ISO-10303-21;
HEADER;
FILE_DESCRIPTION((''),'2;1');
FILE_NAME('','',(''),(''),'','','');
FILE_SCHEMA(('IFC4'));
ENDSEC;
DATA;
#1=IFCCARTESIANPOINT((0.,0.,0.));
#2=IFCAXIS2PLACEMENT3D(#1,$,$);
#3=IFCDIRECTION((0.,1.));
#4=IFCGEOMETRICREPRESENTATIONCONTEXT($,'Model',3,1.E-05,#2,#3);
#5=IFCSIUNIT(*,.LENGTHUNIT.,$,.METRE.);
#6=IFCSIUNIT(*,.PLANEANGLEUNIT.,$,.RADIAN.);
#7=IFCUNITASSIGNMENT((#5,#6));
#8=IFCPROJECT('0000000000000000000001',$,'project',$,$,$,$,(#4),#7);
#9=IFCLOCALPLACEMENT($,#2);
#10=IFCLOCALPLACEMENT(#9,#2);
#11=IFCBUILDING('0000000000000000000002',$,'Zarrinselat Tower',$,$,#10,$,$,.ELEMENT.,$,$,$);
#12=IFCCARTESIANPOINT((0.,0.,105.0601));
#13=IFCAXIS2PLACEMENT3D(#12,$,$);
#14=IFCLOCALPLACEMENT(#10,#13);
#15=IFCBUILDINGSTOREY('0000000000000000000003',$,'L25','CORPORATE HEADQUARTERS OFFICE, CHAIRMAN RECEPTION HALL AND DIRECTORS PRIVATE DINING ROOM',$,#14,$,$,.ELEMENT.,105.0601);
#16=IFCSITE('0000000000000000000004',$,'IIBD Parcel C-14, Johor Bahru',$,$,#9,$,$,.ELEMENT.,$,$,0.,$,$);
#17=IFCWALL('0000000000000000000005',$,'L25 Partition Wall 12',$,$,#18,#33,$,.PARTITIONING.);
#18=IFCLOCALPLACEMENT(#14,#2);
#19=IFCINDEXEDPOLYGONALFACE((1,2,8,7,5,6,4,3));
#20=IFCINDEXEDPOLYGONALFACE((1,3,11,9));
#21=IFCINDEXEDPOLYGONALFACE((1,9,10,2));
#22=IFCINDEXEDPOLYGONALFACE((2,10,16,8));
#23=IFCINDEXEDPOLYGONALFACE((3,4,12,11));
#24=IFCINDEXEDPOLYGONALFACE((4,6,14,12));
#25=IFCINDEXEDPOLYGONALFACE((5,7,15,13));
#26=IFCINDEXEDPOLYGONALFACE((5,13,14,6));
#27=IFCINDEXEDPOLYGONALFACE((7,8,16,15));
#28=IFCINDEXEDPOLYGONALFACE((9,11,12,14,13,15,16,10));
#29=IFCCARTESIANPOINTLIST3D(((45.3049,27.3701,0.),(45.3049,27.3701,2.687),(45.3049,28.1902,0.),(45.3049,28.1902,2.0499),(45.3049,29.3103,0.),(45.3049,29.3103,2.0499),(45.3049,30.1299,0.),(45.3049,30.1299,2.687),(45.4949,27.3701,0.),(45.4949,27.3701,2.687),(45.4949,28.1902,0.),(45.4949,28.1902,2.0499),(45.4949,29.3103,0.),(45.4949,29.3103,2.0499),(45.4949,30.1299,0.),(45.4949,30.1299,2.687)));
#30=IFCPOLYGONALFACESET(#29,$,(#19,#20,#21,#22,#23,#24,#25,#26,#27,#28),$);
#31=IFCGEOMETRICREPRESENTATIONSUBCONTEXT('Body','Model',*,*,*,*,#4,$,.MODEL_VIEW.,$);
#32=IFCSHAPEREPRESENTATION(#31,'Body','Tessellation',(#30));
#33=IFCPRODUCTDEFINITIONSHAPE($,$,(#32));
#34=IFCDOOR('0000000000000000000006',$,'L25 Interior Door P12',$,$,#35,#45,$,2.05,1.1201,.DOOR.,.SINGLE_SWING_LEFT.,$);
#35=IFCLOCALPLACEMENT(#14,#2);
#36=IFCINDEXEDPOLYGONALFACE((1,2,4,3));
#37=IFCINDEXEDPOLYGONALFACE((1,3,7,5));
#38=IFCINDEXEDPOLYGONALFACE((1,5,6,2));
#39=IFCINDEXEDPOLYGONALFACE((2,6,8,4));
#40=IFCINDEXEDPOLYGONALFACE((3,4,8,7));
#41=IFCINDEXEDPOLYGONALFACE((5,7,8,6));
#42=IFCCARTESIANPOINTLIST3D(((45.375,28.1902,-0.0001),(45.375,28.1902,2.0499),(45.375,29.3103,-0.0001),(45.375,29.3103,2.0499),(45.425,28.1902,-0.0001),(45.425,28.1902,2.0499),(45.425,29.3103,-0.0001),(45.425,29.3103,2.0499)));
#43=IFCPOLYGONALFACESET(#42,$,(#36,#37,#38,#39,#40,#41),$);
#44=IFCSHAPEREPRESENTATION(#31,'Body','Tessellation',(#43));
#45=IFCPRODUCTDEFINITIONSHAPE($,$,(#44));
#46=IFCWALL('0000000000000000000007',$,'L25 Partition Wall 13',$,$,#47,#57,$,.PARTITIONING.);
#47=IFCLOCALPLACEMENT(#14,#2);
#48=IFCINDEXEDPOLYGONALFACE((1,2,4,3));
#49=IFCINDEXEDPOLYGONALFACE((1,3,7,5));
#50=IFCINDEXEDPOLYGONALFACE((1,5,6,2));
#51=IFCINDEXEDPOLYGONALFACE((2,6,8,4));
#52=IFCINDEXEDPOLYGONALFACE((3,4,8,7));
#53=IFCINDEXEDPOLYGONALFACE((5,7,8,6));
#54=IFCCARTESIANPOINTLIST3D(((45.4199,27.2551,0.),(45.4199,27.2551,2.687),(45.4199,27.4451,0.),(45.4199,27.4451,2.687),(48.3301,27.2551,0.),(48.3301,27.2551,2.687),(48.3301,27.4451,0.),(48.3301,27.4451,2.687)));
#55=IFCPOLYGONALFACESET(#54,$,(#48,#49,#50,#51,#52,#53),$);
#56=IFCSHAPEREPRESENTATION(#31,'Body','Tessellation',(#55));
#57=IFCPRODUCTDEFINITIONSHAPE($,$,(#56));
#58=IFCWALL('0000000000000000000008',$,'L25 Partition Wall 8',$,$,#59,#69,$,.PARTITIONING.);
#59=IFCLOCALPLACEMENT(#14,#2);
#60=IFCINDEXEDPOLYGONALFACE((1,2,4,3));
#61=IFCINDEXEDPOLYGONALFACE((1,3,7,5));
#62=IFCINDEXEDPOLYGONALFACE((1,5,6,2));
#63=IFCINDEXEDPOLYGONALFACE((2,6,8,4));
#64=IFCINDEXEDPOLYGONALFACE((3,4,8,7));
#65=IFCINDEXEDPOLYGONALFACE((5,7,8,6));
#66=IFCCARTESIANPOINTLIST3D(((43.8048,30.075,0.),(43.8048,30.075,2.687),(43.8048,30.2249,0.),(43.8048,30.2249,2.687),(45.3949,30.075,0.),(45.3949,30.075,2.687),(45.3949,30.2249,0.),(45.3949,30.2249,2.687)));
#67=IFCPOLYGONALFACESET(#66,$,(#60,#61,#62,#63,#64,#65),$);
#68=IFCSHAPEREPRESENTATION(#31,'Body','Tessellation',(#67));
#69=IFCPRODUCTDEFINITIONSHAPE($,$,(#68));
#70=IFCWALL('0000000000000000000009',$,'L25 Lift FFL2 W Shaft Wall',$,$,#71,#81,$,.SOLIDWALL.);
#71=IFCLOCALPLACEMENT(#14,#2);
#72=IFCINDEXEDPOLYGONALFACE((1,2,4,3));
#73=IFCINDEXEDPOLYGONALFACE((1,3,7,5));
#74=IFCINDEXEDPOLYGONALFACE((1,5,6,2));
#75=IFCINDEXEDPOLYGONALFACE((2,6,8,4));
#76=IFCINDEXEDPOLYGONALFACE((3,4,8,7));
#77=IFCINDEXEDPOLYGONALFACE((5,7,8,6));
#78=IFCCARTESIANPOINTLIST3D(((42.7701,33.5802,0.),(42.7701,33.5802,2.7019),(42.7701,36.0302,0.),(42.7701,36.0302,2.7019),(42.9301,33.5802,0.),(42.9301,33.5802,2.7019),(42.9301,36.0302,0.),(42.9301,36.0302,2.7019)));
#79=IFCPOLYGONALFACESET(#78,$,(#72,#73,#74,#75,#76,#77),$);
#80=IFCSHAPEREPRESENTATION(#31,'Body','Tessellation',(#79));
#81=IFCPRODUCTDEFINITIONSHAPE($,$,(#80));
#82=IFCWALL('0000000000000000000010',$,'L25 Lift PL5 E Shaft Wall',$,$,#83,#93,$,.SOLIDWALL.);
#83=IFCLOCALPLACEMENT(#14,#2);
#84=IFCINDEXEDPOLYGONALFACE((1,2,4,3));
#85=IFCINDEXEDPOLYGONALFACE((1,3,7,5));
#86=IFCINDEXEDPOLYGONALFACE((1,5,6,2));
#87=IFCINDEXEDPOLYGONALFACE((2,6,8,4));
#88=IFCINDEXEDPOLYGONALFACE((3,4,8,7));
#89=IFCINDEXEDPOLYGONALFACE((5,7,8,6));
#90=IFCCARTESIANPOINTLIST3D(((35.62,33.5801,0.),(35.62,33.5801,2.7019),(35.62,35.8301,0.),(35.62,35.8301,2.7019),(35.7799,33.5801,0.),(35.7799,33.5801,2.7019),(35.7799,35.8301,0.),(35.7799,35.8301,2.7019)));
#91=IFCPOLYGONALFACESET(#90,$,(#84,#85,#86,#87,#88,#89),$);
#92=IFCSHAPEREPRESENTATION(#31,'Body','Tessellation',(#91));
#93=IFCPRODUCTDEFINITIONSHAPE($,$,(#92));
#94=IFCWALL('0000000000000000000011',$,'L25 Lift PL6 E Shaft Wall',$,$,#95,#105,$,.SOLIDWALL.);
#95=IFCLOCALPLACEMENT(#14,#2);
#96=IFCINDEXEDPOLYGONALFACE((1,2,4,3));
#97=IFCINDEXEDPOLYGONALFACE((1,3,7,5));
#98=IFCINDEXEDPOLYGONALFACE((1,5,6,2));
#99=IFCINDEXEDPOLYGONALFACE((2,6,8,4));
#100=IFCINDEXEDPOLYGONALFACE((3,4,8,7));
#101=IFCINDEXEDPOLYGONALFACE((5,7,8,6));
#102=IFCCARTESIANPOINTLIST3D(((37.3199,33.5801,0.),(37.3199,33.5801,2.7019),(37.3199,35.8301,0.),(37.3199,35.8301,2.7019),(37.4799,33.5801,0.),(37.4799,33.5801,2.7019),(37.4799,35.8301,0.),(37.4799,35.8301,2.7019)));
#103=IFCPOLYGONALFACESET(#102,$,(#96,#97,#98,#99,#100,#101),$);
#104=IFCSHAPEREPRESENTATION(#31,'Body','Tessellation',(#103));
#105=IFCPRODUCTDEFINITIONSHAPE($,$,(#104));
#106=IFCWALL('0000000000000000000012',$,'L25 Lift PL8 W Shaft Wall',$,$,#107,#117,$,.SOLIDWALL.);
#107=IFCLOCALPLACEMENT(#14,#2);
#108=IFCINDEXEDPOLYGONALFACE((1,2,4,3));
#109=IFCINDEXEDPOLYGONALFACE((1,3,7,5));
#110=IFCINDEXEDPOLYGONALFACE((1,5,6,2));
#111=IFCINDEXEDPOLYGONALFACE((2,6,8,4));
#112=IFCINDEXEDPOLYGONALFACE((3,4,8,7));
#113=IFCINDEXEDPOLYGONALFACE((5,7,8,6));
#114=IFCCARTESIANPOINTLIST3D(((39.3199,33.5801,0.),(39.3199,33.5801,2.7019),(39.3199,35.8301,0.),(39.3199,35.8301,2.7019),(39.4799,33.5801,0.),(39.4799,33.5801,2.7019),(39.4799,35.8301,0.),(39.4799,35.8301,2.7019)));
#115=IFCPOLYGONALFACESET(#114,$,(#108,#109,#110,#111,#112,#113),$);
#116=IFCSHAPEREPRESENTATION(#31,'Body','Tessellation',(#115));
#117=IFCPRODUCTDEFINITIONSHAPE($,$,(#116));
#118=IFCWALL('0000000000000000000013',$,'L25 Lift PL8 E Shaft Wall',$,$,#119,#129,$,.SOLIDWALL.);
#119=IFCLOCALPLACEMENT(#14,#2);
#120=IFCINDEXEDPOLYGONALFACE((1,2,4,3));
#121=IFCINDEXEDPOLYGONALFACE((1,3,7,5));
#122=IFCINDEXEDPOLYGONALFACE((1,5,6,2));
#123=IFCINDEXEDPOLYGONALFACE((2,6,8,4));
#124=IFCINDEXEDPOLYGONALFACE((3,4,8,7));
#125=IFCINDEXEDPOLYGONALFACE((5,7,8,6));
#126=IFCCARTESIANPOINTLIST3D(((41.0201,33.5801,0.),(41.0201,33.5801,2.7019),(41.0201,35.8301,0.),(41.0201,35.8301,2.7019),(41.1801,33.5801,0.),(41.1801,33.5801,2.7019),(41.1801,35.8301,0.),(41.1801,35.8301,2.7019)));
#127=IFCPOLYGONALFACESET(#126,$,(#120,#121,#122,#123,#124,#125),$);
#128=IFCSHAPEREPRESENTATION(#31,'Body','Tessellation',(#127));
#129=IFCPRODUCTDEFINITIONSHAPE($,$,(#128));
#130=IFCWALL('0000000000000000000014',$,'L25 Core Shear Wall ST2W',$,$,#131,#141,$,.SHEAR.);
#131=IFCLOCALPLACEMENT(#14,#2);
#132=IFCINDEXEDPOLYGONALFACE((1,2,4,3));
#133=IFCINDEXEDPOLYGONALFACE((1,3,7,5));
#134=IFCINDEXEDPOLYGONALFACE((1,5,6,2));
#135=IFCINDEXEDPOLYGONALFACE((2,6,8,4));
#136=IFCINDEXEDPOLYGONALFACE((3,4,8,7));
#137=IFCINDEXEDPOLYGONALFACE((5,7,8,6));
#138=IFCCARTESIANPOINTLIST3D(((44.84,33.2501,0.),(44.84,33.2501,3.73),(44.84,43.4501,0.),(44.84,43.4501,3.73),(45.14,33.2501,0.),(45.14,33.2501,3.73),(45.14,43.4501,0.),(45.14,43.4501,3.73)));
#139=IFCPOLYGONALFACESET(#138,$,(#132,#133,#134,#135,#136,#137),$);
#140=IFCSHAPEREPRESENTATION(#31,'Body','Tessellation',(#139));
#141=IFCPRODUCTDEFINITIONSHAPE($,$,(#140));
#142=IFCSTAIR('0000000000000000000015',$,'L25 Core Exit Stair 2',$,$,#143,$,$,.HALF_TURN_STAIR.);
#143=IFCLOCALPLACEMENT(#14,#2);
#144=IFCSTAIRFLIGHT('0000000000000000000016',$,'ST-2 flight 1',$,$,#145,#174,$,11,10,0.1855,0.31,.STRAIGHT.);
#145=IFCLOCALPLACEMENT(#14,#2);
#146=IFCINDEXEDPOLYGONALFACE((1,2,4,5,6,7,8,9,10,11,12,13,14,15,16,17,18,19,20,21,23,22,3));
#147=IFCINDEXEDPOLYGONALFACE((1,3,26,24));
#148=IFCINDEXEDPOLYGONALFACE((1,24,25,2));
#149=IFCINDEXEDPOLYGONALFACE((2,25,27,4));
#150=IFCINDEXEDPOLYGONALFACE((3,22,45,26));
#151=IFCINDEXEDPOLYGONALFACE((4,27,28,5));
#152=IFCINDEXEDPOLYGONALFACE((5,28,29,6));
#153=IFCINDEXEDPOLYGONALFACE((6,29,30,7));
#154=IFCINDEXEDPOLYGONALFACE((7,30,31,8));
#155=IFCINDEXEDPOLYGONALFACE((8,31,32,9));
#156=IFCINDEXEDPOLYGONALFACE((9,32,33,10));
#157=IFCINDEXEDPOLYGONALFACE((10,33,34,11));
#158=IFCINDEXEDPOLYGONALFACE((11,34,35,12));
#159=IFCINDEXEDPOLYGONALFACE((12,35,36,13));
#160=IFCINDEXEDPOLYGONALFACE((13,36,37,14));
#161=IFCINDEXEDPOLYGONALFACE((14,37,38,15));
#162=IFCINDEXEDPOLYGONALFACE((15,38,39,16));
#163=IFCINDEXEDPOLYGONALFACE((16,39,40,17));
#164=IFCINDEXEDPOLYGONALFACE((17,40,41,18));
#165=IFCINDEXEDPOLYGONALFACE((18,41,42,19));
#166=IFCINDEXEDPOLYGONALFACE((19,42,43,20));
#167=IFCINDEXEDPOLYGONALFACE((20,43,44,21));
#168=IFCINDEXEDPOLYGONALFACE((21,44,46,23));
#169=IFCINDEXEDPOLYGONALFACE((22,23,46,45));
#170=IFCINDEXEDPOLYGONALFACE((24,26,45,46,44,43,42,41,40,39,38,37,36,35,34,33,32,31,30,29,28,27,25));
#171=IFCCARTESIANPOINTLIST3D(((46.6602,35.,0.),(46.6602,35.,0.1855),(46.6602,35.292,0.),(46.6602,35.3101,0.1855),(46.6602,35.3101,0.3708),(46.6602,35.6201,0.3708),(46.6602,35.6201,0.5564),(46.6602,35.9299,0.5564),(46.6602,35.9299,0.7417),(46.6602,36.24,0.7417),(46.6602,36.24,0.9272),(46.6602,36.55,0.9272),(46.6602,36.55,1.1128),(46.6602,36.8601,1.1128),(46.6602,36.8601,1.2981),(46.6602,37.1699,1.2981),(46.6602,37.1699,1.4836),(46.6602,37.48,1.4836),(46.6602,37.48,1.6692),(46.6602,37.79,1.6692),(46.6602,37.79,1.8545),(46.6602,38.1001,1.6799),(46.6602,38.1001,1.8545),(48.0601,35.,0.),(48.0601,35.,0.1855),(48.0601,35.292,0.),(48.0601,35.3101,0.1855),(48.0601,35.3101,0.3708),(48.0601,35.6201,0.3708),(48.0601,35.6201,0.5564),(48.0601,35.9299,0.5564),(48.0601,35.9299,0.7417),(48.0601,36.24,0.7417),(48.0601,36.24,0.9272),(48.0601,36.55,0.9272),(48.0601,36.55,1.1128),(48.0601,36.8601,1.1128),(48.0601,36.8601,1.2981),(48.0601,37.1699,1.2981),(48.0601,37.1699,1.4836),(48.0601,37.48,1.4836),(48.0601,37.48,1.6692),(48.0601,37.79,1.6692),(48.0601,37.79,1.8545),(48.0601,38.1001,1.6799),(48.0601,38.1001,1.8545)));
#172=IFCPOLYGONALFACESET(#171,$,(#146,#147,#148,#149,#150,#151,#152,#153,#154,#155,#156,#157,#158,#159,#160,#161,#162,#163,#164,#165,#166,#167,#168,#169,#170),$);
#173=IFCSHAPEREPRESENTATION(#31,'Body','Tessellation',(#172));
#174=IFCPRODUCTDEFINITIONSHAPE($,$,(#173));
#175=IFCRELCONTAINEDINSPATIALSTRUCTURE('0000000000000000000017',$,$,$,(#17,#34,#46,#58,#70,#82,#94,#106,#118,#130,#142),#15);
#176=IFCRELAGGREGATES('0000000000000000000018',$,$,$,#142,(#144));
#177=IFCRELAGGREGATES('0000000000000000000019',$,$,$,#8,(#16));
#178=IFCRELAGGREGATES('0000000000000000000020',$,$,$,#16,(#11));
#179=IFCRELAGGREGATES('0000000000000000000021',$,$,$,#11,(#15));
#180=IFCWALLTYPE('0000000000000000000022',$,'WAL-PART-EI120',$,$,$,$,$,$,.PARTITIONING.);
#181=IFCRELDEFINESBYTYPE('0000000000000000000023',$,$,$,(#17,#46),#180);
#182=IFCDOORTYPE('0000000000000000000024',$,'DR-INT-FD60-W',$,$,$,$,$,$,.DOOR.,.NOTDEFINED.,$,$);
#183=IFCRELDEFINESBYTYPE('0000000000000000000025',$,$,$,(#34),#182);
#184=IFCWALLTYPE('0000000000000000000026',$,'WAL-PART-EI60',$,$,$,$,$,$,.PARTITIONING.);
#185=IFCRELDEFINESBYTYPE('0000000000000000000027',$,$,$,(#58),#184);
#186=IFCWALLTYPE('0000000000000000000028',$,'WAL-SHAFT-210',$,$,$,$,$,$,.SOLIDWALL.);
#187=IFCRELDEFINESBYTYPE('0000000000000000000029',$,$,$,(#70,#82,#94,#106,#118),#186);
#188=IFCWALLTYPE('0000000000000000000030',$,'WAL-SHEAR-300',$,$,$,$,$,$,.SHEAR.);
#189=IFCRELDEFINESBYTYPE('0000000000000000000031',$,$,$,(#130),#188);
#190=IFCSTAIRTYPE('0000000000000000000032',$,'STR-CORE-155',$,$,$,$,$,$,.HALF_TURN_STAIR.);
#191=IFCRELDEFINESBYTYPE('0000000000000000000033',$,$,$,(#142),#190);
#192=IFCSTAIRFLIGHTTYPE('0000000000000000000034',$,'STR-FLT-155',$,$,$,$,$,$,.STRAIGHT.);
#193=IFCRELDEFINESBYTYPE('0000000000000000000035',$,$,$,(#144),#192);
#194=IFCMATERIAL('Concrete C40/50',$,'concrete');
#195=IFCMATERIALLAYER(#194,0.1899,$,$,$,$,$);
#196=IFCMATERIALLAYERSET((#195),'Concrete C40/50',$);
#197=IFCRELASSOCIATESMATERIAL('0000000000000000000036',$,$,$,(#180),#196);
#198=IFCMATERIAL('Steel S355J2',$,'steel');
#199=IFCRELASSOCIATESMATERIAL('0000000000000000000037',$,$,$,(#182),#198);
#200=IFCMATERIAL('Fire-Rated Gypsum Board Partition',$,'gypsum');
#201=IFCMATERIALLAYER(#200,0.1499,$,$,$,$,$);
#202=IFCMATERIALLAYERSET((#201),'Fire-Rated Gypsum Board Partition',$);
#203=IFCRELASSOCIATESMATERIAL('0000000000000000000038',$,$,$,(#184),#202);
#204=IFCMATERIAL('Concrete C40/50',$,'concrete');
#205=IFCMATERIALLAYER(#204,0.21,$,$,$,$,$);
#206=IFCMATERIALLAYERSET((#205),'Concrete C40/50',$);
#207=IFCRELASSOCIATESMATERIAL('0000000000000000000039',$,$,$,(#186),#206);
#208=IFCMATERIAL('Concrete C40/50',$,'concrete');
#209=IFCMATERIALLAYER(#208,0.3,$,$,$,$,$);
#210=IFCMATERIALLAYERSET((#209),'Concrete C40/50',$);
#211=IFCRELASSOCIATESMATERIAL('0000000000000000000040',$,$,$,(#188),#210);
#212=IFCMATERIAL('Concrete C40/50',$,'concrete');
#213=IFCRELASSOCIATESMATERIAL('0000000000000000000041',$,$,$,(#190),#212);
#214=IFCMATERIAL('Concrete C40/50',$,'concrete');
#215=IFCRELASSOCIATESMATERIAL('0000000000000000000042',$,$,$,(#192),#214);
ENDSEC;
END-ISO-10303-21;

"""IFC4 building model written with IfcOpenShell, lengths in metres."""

from ifc_helpers import new_model, si_unit, direction, frame, frame_2d, origin, place, context, subcontext, project, spatial, polyline, rectangle, outline, extrude, material, layer, layer_set, type_object, element, fill, aggregate, save


model = new_model("IFC4")

# Units and contexts
model_context = context("Model", 3, precision=1e-05, world=origin(), true_north=direction((0.0, 1.0)))
body_context = subcontext(model_context, "Body", "Model", "MODEL_VIEW")
ifc_project = project(units=[si_unit("LENGTHUNIT", "METRE"), si_unit("PLANEANGLEUNIT", "RADIAN")], contexts=[model_context])

# Site, building, storey
site_placement = place(None, origin())
site = spatial("IfcSite", under=ifc_project, at=site_placement, Name="IIBD Parcel C-14, Johor Bahru", CompositionType="ELEMENT", RefElevation=0.0)
building_placement = place(site_placement, origin())
building = spatial("IfcBuilding", under=site, at=building_placement, Name="Zarrinselat Tower", CompositionType="ELEMENT")
storey_placement = place(building_placement, frame((0.0, 0.0, 105.0601)))
storey = spatial("IfcBuildingStorey", under=building, at=storey_placement, Name="L25", Description="CORPORATE HEADQUARTERS OFFICE, CHAIRMAN RECEPTION HALL AND DIRECTORS PRIVATE DINING ROOM", CompositionType="ELEMENT", Elevation=105.0601)

# Wall, opening, door
ifc_material_1 = material(Name="Concrete C40/50", Category="concrete")
ifc_layer_1 = layer(ifc_material_1, 0.1899)
ifc_layer_set_1 = layer_set([ifc_layer_1], Name="Concrete C40/50")
wall_type_1 = type_object("IfcWallType", Name="WAL-PART-EI120", PredefinedType="PARTITIONING", material=ifc_layer_set_1)
ifc_material_2 = material(Name="Steel S355J2", Category="steel")
door_type = type_object("IfcDoorType", Name="DR-INT-FD60-W", OperationType="NOTDEFINED", PredefinedType="DOOR", material=ifc_material_2)
wall_1_placement = place(storey_placement, frame((45.3999, 27.3701, 0.0), z_axis=(0.0, 0.0, 1.0), x_axis=(0.0, 1.0, 0.0)))
wall_1 = element("IfcWall", 1, at=wall_1_placement, inside=storey, type_object=wall_type_1, Name="L25 Partition Wall 12", PredefinedType="PARTITIONING", context=body_context, shape_type="SweptSolid", body=[
    extrude(rectangle(XDim=2.7598, YDim=0.1899, at=frame_2d((1.3799, 0.0))), origin(), (0.0, 0.0, 1.0), 2.687),
])
opening_1_placement = place(wall_1_placement, frame((0.8201, 0.0, 0.0)))
opening_1 = element("IfcOpeningElement", 2, at=opening_1_placement, cuts=wall_1, PredefinedType="OPENING", context=body_context, shape_type="SweptSolid", body=[
    extrude(rectangle(XDim=1.1201, YDim=2.05, at=frame_2d((0.5601, 1.0249))), frame((0.0, 0.105, 0.0), z_axis=(0.0, -1.0, 0.0), x_axis=(1.0, 0.0, 0.0)), (0.0, 0.0, 1.0), 0.21),
])
door_1_placement = place(opening_1_placement, origin())
door_1 = element("IfcDoor", 3, at=door_1_placement, inside=storey, type_object=door_type, Name="L25 Interior Door P12", OperationType="SINGLE_SWING_LEFT", OverallHeight=2.05, OverallWidth=1.1201, PredefinedType="DOOR", context=body_context, shape_type="SweptSolid", body=[
    extrude(rectangle(XDim=1.1201, YDim=2.05, at=frame_2d((0.5601, 1.0249))), frame((0.0, 0.0249, 0.0), z_axis=(0.0, -1.0, 0.0), x_axis=(1.0, 0.0, 0.0)), (0.0, 0.0, 1.0), 0.05),
])
fill(opening_1, door_1)

# Walls
wall_2_placement = place(storey_placement, frame((45.4199, 27.3501, 0.0), z_axis=(0.0, 0.0, 1.0), x_axis=(1.0, 0.0, 0.0)))
element("IfcWall", 4, at=wall_2_placement, inside=storey, type_object=wall_type_1, Name="L25 Partition Wall 13", PredefinedType="PARTITIONING", context=body_context, shape_type="SweptSolid", body=[
    extrude(rectangle(XDim=2.9102, YDim=0.1899, at=frame_2d((1.4551, 0.0))), origin(), (0.0, 0.0, 1.0), 2.687),
])
ifc_material_3 = material(Name="Fire-Rated Gypsum Board Partition", Category="gypsum")
ifc_layer_2 = layer(ifc_material_3, 0.1499)
ifc_layer_set_2 = layer_set([ifc_layer_2], Name="Fire-Rated Gypsum Board Partition")
wall_type_2 = type_object("IfcWallType", Name="WAL-PART-EI60", PredefinedType="PARTITIONING", material=ifc_layer_set_2)
wall_3_placement = place(storey_placement, frame((43.8049, 30.1499, 0.0), z_axis=(0.0, 0.0, 1.0), x_axis=(1.0, 0.0, 0.0)))
element("IfcWall", 5, at=wall_3_placement, inside=storey, type_object=wall_type_2, Name="L25 Partition Wall 8", PredefinedType="PARTITIONING", context=body_context, shape_type="SweptSolid", body=[
    extrude(rectangle(XDim=1.5901, YDim=0.1499, at=frame_2d((0.7949, 0.0))), origin(), (0.0, 0.0, 1.0), 2.687),
])
ifc_material_4 = material(Name="Concrete C40/50", Category="concrete")
ifc_layer_3 = layer(ifc_material_4, 0.21)
ifc_layer_set_3 = layer_set([ifc_layer_3], Name="Concrete C40/50")
wall_type_3 = type_object("IfcWallType", Name="WAL-SHAFT-210", PredefinedType="SOLIDWALL", material=ifc_layer_set_3)
wall_4_placement = place(storey_placement, frame((42.8501, 33.5801, 0.0), z_axis=(0.0, 0.0, 1.0), x_axis=(0.0, 1.0, 0.0)))
element("IfcWall", 6, at=wall_4_placement, inside=storey, type_object=wall_type_3, Name="L25 Lift FFL2 W Shaft Wall", PredefinedType="SOLIDWALL", context=body_context, shape_type="SweptSolid", body=[
    extrude(rectangle(XDim=2.45, YDim=0.1599, at=frame_2d((1.2251, 0.0))), origin(), (0.0, 0.0, 1.0), 2.7019),
])
for number, where, z_axis, x_axis, name in (
    (7, (35.7, 33.5801, 0.0), (0.0, 0.0, 1.0), (0.0, 1.0, 0.0), "L25 Lift PL5 E Shaft Wall"),
    (8, (37.3999, 33.5801, 0.0), (0.0, 0.0, 1.0), (0.0, 1.0, 0.0), "L25 Lift PL6 E Shaft Wall"),
    (9, (39.3999, 33.5801, 0.0), (0.0, 0.0, 1.0), (0.0, 1.0, 0.0), "L25 Lift PL8 W Shaft Wall"),
    (10, (41.1001, 33.5801, 0.0), (0.0, 0.0, 1.0), (0.0, 1.0, 0.0), "L25 Lift PL8 E Shaft Wall"),
):
    element("IfcWall", number, at=place(storey_placement, frame(where, z_axis=z_axis, x_axis=x_axis)), inside=storey, type_object=wall_type_3, Name=name, PredefinedType="SOLIDWALL", context=body_context, shape_type="SweptSolid", body=[
        extrude(rectangle(XDim=2.25, YDim=0.1599, at=frame_2d((1.125, 0.0))), origin(), (0.0, 0.0, 1.0), 2.7019),
    ])
ifc_material_5 = material(Name="Concrete C40/50", Category="concrete")
ifc_layer_4 = layer(ifc_material_5, 0.3)
ifc_layer_set_4 = layer_set([ifc_layer_4], Name="Concrete C40/50")
wall_type_4 = type_object("IfcWallType", Name="WAL-SHEAR-300", PredefinedType="SHEAR", material=ifc_layer_set_4)
wall_5_placement = place(storey_placement, frame((44.99, 33.25, 0.0), z_axis=(0.0, 0.0, 1.0), x_axis=(0.0, 1.0, 0.0)))
element("IfcWall", 11, at=wall_5_placement, inside=storey, type_object=wall_type_4, Name="L25 Core Shear Wall ST2W", PredefinedType="SHEAR", context=body_context, shape_type="SweptSolid", body=[
    extrude(rectangle(XDim=10.2, YDim=0.3, at=frame_2d((5.1001, 0.0))), origin(), (0.0, 0.0, 1.0), 3.73),
])

# Stair, stair flight
ifc_material_6 = material(Name="Concrete C40/50", Category="concrete")
stair_type = type_object("IfcStairType", Name="STR-CORE-155", PredefinedType="HALF_TURN_STAIR", material=ifc_material_6)
stair_placement = place(storey_placement, origin())
stair = element("IfcStair", 12, at=stair_placement, inside=storey, type_object=stair_type, Name="L25 Core Exit Stair 2", PredefinedType="HALF_TURN_STAIR")
ifc_material_7 = material(Name="Concrete C40/50", Category="concrete")
stair_flight_type = type_object("IfcStairFlightType", Name="STR-FLT-155", PredefinedType="STRAIGHT", material=ifc_material_7)
stair_flight_placement = place(storey_placement, frame((47.3601, 35.0, 0.0), z_axis=(0.0, 0.0, 1.0), x_axis=(0.0, 1.0, 0.0)))
stair_flight = element("IfcStairFlight", 13, at=stair_flight_placement, type_object=stair_flight_type, Name="ST-2 flight 1", NumberOfRisers=11, NumberOfTreads=10, PredefinedType="STRAIGHT", RiserHeight=0.1855, TreadLength=0.31, context=body_context, shape_type="SweptSolid", body=[
    extrude(outline(polyline([(0.0, 0.0), (0.0, 0.1855), (0.3101, 0.1855), (0.3101, 0.3708), (0.6201, 0.3708), (0.6201, 0.5564), (0.9299, 0.5564), (0.9299, 0.7417), (1.24, 0.7417), (1.24, 0.9272), (1.55, 0.9272), (1.55, 1.1128), (1.8601, 1.1128), (1.8601, 1.2981), (2.1699, 1.2981), (2.1699, 1.4836), (2.48, 1.4836), (2.48, 1.6692), (2.79, 1.6692), (2.79, 1.8545), (3.1001, 1.8545), (3.1001, 2.04), (3.1001, 1.6799), (0.292, 0.0), (0.0, 0.0)])), frame((0.0, 0.7, 0.0), z_axis=(0.0, -1.0, 0.0), x_axis=(1.0, 0.0, 0.0)), (0.0, 0.0, 1.0), 1.3999),
])
aggregate(stair, [stair_flight])

save(model, "model.ifc")
